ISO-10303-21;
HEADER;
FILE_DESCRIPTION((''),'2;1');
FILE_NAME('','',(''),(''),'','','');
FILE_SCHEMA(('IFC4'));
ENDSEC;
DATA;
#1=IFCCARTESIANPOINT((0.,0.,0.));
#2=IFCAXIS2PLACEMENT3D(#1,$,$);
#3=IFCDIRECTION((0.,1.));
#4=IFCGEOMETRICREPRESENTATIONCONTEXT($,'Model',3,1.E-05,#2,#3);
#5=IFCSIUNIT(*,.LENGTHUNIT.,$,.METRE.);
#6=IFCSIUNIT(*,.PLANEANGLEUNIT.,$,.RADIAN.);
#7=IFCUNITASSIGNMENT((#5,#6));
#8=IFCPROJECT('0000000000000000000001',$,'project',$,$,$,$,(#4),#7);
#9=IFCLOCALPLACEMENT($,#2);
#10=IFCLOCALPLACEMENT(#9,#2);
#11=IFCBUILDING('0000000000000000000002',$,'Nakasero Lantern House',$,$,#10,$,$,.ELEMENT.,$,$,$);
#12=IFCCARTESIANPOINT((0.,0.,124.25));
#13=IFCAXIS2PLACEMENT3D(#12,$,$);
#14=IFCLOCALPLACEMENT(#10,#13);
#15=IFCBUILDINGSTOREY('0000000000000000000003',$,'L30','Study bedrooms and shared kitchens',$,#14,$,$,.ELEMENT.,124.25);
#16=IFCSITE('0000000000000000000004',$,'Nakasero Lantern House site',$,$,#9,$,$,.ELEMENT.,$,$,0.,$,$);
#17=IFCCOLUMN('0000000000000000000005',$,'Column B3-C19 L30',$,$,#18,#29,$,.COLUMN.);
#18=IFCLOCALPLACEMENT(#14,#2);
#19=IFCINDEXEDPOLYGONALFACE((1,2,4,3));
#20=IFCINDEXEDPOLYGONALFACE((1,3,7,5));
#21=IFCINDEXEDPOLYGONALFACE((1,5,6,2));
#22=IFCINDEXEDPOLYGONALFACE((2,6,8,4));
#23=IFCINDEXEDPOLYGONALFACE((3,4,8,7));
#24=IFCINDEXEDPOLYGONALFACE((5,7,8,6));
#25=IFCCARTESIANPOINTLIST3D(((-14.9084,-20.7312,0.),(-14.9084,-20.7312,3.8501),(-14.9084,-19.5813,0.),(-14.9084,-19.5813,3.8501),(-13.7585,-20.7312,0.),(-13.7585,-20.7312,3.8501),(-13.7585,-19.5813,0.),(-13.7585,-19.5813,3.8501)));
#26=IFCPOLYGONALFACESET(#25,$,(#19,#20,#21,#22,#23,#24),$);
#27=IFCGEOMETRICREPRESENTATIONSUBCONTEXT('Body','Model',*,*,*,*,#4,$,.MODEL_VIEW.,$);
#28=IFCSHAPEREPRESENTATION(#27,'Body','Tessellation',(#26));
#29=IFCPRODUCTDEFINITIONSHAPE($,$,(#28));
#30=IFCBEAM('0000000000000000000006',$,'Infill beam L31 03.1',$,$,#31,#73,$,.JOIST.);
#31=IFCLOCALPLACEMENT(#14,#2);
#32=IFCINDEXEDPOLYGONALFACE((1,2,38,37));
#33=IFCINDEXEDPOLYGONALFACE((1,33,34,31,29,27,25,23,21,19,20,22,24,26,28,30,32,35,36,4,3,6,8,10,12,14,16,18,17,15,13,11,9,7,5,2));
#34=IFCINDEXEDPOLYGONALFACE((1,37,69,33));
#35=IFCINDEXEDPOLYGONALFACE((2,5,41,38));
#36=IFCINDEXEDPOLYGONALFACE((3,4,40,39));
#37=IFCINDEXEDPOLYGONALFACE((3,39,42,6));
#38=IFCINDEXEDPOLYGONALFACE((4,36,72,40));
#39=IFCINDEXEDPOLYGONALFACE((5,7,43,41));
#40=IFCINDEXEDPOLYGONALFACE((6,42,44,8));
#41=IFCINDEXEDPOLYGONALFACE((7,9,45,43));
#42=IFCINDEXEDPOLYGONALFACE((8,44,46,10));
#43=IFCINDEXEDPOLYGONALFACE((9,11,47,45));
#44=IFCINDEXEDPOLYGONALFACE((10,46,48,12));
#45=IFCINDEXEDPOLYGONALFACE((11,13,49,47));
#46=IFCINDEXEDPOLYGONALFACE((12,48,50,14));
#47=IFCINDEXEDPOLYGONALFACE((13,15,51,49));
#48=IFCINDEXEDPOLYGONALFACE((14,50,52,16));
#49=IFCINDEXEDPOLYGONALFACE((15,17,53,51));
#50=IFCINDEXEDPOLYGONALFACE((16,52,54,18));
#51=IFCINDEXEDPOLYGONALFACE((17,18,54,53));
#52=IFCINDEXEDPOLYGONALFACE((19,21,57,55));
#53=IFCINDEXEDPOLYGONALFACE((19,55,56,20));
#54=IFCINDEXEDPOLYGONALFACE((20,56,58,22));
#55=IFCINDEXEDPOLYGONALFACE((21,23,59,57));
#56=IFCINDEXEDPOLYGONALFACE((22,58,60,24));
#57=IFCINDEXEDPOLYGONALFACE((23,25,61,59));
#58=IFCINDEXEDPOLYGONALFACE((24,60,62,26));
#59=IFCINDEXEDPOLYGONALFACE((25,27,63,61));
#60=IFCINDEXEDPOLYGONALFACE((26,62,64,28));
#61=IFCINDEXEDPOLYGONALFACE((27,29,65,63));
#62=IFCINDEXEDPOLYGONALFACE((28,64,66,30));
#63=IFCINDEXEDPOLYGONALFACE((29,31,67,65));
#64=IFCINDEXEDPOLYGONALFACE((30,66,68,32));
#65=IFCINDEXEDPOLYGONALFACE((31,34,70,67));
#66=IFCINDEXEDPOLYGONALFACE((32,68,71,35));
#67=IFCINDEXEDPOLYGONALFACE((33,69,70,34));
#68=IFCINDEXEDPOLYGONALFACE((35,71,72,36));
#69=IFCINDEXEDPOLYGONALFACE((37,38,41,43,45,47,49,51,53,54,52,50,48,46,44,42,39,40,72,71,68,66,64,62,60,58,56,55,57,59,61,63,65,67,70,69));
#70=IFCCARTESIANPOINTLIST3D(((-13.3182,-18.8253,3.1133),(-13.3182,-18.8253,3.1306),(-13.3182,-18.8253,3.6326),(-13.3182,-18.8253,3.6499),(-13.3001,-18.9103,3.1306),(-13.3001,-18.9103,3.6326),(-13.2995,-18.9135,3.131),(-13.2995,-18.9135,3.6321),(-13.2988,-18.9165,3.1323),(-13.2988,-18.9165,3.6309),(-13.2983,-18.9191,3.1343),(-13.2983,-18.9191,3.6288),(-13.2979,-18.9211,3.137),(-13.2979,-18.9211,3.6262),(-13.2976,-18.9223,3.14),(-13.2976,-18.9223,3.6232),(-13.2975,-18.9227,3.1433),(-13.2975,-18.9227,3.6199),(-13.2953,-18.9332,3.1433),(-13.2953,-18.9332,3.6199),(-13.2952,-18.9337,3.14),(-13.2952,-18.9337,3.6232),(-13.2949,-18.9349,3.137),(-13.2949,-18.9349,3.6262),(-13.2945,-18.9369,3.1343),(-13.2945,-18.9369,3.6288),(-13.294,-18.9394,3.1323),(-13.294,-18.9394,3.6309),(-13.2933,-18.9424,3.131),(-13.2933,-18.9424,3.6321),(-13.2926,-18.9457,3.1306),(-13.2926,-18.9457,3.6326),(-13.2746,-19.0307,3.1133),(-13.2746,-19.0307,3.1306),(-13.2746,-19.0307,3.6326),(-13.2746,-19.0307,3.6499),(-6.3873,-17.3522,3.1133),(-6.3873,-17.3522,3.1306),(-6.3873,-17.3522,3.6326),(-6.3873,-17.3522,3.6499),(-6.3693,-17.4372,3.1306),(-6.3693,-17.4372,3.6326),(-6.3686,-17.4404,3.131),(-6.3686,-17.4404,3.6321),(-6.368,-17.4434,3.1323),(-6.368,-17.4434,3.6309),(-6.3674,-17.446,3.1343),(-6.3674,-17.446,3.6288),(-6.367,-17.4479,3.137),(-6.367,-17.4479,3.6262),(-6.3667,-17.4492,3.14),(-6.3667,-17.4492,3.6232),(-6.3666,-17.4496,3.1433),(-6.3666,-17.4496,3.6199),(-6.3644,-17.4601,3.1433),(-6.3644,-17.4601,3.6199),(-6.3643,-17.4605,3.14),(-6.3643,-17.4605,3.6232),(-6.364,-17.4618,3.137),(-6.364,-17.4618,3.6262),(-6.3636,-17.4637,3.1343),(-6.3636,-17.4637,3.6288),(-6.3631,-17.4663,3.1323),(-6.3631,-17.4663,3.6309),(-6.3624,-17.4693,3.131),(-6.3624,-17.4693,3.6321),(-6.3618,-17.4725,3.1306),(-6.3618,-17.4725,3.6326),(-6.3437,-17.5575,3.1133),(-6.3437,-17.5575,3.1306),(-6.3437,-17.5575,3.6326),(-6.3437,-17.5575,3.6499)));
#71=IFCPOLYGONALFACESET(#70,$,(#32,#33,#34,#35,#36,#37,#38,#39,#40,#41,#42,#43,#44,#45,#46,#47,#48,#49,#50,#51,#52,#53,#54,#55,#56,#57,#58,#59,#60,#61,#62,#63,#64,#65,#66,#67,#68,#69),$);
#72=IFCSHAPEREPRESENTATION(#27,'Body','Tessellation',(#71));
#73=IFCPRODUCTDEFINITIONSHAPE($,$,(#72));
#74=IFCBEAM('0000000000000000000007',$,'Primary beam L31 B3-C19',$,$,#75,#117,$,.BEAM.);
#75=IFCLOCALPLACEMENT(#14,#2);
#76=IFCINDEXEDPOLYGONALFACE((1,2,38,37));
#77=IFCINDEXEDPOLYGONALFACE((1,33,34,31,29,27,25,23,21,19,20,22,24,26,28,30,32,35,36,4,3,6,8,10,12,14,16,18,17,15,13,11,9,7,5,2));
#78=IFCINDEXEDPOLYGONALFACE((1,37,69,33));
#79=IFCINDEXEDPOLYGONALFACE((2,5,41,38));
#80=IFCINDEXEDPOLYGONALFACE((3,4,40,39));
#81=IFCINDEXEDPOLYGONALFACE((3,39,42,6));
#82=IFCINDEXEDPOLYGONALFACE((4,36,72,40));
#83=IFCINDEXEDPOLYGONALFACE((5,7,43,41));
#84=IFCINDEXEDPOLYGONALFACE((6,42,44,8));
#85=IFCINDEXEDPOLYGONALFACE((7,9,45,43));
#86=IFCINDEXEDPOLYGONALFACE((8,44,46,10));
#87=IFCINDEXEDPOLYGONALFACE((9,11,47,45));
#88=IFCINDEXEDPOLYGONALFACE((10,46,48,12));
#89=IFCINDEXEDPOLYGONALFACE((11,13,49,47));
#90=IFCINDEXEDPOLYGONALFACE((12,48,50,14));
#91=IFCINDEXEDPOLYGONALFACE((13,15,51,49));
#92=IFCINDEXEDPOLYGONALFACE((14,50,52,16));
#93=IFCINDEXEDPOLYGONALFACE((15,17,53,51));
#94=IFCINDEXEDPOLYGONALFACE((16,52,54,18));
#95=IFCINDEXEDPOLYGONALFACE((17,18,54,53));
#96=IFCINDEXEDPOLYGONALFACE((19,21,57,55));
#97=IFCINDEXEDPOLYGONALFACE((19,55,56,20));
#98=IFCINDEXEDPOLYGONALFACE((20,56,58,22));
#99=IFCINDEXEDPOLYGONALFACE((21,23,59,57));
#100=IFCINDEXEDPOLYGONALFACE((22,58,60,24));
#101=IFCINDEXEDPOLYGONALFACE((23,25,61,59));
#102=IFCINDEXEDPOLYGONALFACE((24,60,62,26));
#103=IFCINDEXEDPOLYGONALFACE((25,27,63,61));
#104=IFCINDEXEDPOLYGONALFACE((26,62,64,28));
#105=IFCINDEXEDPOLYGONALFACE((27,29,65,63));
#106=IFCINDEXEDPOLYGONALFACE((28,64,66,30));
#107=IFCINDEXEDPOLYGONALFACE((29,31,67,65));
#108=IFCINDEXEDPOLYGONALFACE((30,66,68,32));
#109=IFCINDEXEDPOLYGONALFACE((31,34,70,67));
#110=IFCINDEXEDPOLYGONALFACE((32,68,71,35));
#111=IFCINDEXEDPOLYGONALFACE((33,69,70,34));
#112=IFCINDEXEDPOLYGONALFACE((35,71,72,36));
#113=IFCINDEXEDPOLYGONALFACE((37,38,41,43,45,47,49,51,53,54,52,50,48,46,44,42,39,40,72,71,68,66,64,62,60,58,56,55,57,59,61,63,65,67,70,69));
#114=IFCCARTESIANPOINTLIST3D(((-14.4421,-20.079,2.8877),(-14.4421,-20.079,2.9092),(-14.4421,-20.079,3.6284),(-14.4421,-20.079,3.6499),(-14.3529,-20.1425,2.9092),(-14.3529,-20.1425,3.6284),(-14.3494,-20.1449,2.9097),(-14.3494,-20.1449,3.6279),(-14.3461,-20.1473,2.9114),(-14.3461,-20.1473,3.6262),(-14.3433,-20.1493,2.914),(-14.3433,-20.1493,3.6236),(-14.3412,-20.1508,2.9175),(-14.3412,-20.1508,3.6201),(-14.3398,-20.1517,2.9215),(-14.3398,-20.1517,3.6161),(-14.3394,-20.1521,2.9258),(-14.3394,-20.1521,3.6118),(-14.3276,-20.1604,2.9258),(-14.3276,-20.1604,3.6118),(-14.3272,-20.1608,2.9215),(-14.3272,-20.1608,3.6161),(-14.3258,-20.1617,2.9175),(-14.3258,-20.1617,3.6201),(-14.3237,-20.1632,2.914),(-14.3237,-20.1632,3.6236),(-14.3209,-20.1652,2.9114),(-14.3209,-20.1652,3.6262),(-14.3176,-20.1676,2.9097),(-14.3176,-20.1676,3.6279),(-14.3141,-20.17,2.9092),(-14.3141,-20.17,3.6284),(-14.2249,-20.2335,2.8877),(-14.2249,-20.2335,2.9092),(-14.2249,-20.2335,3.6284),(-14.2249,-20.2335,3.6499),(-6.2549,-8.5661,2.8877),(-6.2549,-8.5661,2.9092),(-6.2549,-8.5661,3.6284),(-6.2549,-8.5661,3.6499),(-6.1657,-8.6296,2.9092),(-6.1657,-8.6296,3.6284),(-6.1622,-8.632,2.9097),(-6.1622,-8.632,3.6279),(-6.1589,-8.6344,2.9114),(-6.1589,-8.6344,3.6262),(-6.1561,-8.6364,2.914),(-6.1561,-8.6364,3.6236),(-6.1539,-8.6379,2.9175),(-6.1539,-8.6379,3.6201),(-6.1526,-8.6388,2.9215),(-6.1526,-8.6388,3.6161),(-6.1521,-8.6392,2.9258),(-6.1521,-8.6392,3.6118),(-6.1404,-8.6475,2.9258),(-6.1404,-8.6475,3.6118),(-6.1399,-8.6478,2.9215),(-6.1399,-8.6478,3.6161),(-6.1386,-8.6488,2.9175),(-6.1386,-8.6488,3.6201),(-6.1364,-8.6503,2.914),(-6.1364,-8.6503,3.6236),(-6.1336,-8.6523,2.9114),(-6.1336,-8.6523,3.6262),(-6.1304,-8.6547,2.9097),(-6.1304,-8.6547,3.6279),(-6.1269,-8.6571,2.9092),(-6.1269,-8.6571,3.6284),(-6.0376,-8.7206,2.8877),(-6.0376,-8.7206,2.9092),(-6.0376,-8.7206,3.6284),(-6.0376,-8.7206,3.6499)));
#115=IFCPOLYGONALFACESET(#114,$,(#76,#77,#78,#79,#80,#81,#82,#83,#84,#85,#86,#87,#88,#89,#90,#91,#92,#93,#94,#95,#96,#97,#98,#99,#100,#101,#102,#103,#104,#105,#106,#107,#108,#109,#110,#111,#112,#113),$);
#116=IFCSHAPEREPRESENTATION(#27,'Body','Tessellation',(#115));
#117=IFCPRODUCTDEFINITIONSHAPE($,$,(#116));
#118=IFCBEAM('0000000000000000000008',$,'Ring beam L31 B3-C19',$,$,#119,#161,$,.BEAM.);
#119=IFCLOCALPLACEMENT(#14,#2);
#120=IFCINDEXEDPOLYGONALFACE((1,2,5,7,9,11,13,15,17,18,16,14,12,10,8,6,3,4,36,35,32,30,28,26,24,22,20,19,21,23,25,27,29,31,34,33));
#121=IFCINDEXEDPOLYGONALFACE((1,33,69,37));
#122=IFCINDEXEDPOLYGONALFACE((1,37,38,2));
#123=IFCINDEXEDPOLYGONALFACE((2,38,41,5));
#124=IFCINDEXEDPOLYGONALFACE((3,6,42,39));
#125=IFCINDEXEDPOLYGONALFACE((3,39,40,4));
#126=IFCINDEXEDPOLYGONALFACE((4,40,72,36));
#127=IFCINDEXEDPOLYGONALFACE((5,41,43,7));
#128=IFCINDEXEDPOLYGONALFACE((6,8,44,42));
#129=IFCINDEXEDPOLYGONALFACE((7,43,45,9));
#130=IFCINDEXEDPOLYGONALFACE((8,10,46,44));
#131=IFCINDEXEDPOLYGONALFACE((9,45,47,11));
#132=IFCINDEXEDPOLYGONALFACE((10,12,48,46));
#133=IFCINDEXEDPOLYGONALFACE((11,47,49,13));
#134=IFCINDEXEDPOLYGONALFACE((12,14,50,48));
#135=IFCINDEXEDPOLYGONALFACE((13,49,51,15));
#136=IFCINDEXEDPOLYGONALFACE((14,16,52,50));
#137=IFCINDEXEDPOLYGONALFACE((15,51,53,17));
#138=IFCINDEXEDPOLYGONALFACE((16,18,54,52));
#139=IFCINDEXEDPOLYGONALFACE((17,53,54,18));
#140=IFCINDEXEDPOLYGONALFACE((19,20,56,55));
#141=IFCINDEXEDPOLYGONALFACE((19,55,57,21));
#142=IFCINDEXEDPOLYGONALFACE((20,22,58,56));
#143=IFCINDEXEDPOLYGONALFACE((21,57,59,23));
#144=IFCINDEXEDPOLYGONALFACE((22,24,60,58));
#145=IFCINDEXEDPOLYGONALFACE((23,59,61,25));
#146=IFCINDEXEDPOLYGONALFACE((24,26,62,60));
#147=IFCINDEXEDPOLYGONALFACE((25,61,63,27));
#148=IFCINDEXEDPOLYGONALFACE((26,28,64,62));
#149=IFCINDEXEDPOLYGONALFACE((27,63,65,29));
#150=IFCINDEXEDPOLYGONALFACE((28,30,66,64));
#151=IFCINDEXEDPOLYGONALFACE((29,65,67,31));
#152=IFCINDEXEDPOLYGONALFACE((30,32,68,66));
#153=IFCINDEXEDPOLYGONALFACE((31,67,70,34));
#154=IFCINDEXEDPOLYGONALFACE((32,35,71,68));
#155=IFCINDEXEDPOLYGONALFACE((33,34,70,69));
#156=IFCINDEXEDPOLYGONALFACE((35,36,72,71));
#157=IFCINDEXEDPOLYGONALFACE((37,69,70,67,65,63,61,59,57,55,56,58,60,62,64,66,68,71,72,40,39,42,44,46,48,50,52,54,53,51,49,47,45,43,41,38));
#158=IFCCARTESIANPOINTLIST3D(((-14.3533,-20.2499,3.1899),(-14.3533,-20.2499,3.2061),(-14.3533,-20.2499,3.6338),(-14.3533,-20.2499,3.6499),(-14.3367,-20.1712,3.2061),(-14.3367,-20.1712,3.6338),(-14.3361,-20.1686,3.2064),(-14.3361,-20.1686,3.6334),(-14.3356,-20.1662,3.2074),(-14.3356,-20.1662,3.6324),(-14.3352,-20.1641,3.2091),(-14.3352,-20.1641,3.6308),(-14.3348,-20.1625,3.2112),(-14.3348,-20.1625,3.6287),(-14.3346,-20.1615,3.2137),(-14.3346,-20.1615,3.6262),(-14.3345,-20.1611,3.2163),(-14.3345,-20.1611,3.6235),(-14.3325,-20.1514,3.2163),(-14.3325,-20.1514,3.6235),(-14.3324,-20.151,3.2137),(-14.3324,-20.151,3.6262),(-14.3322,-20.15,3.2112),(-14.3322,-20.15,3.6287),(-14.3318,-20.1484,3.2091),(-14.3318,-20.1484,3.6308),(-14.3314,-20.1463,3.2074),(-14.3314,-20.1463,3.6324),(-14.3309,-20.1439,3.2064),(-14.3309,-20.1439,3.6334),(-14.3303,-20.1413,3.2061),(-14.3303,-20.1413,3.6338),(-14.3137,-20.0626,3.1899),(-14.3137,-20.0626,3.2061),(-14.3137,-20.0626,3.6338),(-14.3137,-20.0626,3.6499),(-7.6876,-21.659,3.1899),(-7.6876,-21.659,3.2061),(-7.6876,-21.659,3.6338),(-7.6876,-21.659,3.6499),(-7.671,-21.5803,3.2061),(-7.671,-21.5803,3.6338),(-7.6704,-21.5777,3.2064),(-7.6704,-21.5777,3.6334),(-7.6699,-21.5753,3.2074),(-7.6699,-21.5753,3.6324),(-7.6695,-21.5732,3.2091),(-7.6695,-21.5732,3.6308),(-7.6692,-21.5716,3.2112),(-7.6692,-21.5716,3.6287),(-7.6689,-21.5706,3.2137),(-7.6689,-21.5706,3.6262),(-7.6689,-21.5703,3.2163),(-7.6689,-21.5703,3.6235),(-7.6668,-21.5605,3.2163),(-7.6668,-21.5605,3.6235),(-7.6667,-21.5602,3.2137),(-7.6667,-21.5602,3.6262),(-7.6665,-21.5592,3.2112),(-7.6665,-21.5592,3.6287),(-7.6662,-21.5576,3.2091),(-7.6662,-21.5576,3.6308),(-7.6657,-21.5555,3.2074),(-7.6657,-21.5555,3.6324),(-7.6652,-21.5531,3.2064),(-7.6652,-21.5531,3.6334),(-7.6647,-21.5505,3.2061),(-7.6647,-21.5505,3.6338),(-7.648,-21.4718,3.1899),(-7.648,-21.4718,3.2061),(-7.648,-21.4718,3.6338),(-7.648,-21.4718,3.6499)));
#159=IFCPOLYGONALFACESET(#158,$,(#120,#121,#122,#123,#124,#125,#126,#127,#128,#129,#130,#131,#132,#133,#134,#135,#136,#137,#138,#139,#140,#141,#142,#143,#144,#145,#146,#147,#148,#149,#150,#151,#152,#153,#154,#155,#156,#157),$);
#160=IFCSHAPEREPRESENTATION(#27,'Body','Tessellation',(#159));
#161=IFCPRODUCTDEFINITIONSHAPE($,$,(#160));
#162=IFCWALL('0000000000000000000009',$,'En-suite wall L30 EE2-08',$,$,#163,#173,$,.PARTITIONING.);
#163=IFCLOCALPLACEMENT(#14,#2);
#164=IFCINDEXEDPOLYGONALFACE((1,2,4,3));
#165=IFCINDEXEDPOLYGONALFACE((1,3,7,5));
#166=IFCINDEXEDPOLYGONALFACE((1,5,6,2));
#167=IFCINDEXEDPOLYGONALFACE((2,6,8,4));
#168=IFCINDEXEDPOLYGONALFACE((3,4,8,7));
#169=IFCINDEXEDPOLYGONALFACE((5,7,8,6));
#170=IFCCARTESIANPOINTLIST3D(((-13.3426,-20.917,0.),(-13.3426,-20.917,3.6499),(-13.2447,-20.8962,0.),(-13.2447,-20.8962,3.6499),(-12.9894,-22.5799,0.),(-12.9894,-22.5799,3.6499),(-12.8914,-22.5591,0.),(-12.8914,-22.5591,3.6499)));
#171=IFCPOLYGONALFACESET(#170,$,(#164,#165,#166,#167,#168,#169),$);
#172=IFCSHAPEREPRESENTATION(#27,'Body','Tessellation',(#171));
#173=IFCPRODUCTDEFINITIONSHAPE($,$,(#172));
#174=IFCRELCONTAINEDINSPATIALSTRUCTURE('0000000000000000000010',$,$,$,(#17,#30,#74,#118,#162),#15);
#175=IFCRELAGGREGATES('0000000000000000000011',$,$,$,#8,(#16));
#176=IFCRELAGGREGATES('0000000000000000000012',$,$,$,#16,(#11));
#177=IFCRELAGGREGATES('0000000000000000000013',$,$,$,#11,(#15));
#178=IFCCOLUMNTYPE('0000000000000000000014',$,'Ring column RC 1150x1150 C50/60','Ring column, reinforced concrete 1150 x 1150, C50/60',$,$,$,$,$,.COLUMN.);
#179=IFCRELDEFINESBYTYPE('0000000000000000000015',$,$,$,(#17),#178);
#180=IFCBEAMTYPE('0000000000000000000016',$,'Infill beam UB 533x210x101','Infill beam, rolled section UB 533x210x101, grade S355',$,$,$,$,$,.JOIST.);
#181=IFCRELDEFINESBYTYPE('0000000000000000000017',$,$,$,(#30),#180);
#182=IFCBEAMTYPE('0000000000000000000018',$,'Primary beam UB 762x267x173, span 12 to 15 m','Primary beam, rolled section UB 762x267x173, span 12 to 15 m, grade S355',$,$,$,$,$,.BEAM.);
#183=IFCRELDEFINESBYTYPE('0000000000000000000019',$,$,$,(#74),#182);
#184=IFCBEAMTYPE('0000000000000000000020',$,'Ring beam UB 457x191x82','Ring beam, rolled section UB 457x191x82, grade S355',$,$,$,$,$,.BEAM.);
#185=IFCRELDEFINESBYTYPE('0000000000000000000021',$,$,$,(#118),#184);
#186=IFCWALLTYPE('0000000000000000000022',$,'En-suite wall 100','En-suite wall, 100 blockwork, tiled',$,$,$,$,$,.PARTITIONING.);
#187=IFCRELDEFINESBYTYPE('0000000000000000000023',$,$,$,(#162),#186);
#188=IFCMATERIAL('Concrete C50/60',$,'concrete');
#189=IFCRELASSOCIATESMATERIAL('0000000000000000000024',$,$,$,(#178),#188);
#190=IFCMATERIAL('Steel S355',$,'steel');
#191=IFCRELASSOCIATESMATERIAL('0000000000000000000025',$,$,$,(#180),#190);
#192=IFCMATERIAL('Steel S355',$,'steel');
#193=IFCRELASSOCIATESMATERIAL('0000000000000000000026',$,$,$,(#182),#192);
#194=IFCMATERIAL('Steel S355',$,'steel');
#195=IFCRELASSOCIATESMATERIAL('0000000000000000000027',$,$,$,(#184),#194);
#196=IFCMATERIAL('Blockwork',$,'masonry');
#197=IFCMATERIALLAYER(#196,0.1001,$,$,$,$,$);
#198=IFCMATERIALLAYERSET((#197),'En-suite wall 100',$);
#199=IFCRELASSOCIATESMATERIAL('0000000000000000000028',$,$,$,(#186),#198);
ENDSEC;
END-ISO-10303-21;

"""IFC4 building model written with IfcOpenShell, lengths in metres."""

from ifc_helpers import new_model, si_unit, direction, frame, frame_2d, origin, origin_2d, place, context, subcontext, project, spatial, rectangle, i_section, extrude, material, layer, layer_set, material_profile, profile_set, type_object, element, save


model = new_model("IFC4")

# Units and contexts
model_context = context("Model", 3, precision=1e-05, world=origin(), true_north=direction((0.0, 1.0)))
body_context = subcontext(model_context, "Body", "Model", "MODEL_VIEW")
ifc_project = project(units=[si_unit("LENGTHUNIT", "METRE"), si_unit("PLANEANGLEUNIT", "RADIAN")], contexts=[model_context])

# Site, building, storey
site_placement = place(None, origin())
site = spatial("IfcSite", under=ifc_project, at=site_placement, Name="Nakasero Lantern House site", CompositionType="ELEMENT", RefElevation=0.0)
building_placement = place(site_placement, origin())
building = spatial("IfcBuilding", under=site, at=building_placement, Name="Nakasero Lantern House", CompositionType="ELEMENT")
storey_placement = place(building_placement, frame((0.0, 0.0, 124.25)))
storey = spatial("IfcBuildingStorey", under=building, at=storey_placement, Name="L30", Description="Study bedrooms and shared kitchens", CompositionType="ELEMENT", Elevation=124.25)

# Column
ifc_material_1 = material(Name="Concrete C50/60", Category="concrete")
ifc_material_profile_1 = material_profile(ifc_material_1, rectangle(XDim=1.1499, YDim=1.1499, at=origin_2d()), Name="RC 1150x1150")
ifc_profile_set_1 = profile_set([ifc_material_profile_1], Name="Concrete C50/60")
column_type = type_object("IfcColumnType", Name="Ring column RC 1150x1150 C50/60", Description="Ring column, reinforced concrete 1150 x 1150, C50/60", PredefinedType="COLUMN", material=ifc_profile_set_1)
column_placement = place(storey_placement, frame((-14.3335, -20.1562, 0.0), z_axis=(0.0, 0.0, 1.0), x_axis=(1.0, 0.0, 0.0)))
element("IfcColumn", 1, at=column_placement, inside=storey, type_object=column_type, Name="Column B3-C19 L30", PredefinedType="COLUMN", context=body_context, shape_type="SweptSolid", body=[
    extrude(rectangle(XDim=1.1499, YDim=1.1499, at=origin_2d()), origin(), (0.0, 0.0, 1.0), 3.8501),
])

# Beams
ifc_material_2 = material(Name="Steel S355", Category="steel")
ifc_material_profile_2 = material_profile(ifc_material_2, i_section(OverallWidth=0.21, OverallDepth=0.5366, WebThickness=0.0107, FlangeThickness=0.0173, FilletRadius=0.0127, at=origin_2d()), Name="UB 533x210x101")
ifc_profile_set_2 = profile_set([ifc_material_profile_2], Name="Steel S355")
beam_type_1 = type_object("IfcBeamType", Name="Infill beam UB 533x210x101", Description="Infill beam, rolled section UB 533x210x101, grade S355", PredefinedType="JOIST", material=ifc_profile_set_2)
beam_1_placement = place(storey_placement, frame((-13.2964, -18.928, 3.3816), z_axis=(0.978149, 0.207903, 0.0), x_axis=(-0.207903, 0.978149, 0.0)))
element("IfcBeam", 2, at=beam_1_placement, inside=storey, type_object=beam_type_1, Name="Infill beam L31 03.1", PredefinedType="JOIST", context=body_context, shape_type="SweptSolid", body=[
    extrude(i_section(OverallWidth=0.21, OverallDepth=0.5366, WebThickness=0.0107, FlangeThickness=0.0173, FilletRadius=0.0127, at=origin_2d()), origin(), (0.0, 0.0, 1.0), 7.0857),
])
ifc_material_3 = material(Name="Steel S355", Category="steel")
ifc_material_profile_3 = material_profile(ifc_material_3, i_section(OverallWidth=0.2666, OverallDepth=0.7622, WebThickness=0.0144, FlangeThickness=0.0215, FilletRadius=0.0166, at=origin_2d()), Name="UB 762x267x173")
ifc_profile_set_3 = profile_set([ifc_material_profile_3], Name="Steel S355")
beam_type_2 = type_object("IfcBeamType", Name="Primary beam UB 762x267x173, span 12 to 15 m", Description="Primary beam, rolled section UB 762x267x173, span 12 to 15 m, grade S355", PredefinedType="BEAM", material=ifc_profile_set_3)
beam_2_placement = place(storey_placement, frame((-14.3335, -20.1562, 3.2688), z_axis=(0.579537, 0.814946, 0.0), x_axis=(-0.814946, 0.579537, 0.0)))
element("IfcBeam", 3, at=beam_2_placement, inside=storey, type_object=beam_type_2, Name="Primary beam L31 B3-C19", PredefinedType="BEAM", context=body_context, shape_type="SweptSolid", body=[
    extrude(i_section(OverallWidth=0.2666, OverallDepth=0.7622, WebThickness=0.0144, FlangeThickness=0.0215, FilletRadius=0.0166, at=origin_2d()), origin(), (0.0, 0.0, 1.0), 14.1272),
])
ifc_material_4 = material(Name="Steel S355", Category="steel")
ifc_material_profile_4 = material_profile(ifc_material_4, i_section(OverallWidth=0.1914, OverallDepth=0.46, WebThickness=0.01, FlangeThickness=0.0161, FilletRadius=0.0103, at=origin_2d()), Name="UB 457x191x82")
ifc_profile_set_4 = profile_set([ifc_material_profile_4], Name="Steel S355")
beam_type_3 = type_object("IfcBeamType", Name="Ring beam UB 457x191x82", Description="Ring beam, rolled section UB 457x191x82, grade S355", PredefinedType="BEAM", material=ifc_profile_set_4)
beam_3_placement = place(storey_placement, frame((-14.3335, -20.1562, 3.4199), z_axis=(0.978376, -0.206834, 0.0), x_axis=(0.206834, 0.978376, 0.0)))
element("IfcBeam", 4, at=beam_3_placement, inside=storey, type_object=beam_type_3, Name="Ring beam L31 B3-C19", PredefinedType="BEAM", context=body_context, shape_type="SweptSolid", body=[
    extrude(i_section(OverallWidth=0.1914, OverallDepth=0.46, WebThickness=0.01, FlangeThickness=0.0161, FilletRadius=0.0103, at=origin_2d()), origin(), (0.0, 0.0, 1.0), 6.813),
])

# Wall
ifc_material_5 = material(Name="Blockwork", Category="masonry")
ifc_layer_1 = layer(ifc_material_5, 0.1001)
ifc_layer_set_1 = layer_set([ifc_layer_1], Name="En-suite wall 100")
wall_type_1 = type_object("IfcWallType", Name="En-suite wall 100", Description="En-suite wall, 100 blockwork, tiled", PredefinedType="PARTITIONING", material=ifc_layer_set_1)
wall_1_placement = place(storey_placement, frame((-13.2937, -20.9065, 0.0), z_axis=(0.0, 0.0, 1.0), x_axis=(0.207812, -0.978169, 0.0)))
element("IfcWall", 5, at=wall_1_placement, inside=storey, type_object=wall_type_1, Name="En-suite wall L30 EE2-08", PredefinedType="PARTITIONING", context=body_context, shape_type="SweptSolid", body=[
    extrude(rectangle(XDim=1.7, YDim=0.1001, at=frame_2d((0.8501, 0.0))), origin(), (0.0, 0.0, 1.0), 3.6499),
])

save(model, "model.ifc")
